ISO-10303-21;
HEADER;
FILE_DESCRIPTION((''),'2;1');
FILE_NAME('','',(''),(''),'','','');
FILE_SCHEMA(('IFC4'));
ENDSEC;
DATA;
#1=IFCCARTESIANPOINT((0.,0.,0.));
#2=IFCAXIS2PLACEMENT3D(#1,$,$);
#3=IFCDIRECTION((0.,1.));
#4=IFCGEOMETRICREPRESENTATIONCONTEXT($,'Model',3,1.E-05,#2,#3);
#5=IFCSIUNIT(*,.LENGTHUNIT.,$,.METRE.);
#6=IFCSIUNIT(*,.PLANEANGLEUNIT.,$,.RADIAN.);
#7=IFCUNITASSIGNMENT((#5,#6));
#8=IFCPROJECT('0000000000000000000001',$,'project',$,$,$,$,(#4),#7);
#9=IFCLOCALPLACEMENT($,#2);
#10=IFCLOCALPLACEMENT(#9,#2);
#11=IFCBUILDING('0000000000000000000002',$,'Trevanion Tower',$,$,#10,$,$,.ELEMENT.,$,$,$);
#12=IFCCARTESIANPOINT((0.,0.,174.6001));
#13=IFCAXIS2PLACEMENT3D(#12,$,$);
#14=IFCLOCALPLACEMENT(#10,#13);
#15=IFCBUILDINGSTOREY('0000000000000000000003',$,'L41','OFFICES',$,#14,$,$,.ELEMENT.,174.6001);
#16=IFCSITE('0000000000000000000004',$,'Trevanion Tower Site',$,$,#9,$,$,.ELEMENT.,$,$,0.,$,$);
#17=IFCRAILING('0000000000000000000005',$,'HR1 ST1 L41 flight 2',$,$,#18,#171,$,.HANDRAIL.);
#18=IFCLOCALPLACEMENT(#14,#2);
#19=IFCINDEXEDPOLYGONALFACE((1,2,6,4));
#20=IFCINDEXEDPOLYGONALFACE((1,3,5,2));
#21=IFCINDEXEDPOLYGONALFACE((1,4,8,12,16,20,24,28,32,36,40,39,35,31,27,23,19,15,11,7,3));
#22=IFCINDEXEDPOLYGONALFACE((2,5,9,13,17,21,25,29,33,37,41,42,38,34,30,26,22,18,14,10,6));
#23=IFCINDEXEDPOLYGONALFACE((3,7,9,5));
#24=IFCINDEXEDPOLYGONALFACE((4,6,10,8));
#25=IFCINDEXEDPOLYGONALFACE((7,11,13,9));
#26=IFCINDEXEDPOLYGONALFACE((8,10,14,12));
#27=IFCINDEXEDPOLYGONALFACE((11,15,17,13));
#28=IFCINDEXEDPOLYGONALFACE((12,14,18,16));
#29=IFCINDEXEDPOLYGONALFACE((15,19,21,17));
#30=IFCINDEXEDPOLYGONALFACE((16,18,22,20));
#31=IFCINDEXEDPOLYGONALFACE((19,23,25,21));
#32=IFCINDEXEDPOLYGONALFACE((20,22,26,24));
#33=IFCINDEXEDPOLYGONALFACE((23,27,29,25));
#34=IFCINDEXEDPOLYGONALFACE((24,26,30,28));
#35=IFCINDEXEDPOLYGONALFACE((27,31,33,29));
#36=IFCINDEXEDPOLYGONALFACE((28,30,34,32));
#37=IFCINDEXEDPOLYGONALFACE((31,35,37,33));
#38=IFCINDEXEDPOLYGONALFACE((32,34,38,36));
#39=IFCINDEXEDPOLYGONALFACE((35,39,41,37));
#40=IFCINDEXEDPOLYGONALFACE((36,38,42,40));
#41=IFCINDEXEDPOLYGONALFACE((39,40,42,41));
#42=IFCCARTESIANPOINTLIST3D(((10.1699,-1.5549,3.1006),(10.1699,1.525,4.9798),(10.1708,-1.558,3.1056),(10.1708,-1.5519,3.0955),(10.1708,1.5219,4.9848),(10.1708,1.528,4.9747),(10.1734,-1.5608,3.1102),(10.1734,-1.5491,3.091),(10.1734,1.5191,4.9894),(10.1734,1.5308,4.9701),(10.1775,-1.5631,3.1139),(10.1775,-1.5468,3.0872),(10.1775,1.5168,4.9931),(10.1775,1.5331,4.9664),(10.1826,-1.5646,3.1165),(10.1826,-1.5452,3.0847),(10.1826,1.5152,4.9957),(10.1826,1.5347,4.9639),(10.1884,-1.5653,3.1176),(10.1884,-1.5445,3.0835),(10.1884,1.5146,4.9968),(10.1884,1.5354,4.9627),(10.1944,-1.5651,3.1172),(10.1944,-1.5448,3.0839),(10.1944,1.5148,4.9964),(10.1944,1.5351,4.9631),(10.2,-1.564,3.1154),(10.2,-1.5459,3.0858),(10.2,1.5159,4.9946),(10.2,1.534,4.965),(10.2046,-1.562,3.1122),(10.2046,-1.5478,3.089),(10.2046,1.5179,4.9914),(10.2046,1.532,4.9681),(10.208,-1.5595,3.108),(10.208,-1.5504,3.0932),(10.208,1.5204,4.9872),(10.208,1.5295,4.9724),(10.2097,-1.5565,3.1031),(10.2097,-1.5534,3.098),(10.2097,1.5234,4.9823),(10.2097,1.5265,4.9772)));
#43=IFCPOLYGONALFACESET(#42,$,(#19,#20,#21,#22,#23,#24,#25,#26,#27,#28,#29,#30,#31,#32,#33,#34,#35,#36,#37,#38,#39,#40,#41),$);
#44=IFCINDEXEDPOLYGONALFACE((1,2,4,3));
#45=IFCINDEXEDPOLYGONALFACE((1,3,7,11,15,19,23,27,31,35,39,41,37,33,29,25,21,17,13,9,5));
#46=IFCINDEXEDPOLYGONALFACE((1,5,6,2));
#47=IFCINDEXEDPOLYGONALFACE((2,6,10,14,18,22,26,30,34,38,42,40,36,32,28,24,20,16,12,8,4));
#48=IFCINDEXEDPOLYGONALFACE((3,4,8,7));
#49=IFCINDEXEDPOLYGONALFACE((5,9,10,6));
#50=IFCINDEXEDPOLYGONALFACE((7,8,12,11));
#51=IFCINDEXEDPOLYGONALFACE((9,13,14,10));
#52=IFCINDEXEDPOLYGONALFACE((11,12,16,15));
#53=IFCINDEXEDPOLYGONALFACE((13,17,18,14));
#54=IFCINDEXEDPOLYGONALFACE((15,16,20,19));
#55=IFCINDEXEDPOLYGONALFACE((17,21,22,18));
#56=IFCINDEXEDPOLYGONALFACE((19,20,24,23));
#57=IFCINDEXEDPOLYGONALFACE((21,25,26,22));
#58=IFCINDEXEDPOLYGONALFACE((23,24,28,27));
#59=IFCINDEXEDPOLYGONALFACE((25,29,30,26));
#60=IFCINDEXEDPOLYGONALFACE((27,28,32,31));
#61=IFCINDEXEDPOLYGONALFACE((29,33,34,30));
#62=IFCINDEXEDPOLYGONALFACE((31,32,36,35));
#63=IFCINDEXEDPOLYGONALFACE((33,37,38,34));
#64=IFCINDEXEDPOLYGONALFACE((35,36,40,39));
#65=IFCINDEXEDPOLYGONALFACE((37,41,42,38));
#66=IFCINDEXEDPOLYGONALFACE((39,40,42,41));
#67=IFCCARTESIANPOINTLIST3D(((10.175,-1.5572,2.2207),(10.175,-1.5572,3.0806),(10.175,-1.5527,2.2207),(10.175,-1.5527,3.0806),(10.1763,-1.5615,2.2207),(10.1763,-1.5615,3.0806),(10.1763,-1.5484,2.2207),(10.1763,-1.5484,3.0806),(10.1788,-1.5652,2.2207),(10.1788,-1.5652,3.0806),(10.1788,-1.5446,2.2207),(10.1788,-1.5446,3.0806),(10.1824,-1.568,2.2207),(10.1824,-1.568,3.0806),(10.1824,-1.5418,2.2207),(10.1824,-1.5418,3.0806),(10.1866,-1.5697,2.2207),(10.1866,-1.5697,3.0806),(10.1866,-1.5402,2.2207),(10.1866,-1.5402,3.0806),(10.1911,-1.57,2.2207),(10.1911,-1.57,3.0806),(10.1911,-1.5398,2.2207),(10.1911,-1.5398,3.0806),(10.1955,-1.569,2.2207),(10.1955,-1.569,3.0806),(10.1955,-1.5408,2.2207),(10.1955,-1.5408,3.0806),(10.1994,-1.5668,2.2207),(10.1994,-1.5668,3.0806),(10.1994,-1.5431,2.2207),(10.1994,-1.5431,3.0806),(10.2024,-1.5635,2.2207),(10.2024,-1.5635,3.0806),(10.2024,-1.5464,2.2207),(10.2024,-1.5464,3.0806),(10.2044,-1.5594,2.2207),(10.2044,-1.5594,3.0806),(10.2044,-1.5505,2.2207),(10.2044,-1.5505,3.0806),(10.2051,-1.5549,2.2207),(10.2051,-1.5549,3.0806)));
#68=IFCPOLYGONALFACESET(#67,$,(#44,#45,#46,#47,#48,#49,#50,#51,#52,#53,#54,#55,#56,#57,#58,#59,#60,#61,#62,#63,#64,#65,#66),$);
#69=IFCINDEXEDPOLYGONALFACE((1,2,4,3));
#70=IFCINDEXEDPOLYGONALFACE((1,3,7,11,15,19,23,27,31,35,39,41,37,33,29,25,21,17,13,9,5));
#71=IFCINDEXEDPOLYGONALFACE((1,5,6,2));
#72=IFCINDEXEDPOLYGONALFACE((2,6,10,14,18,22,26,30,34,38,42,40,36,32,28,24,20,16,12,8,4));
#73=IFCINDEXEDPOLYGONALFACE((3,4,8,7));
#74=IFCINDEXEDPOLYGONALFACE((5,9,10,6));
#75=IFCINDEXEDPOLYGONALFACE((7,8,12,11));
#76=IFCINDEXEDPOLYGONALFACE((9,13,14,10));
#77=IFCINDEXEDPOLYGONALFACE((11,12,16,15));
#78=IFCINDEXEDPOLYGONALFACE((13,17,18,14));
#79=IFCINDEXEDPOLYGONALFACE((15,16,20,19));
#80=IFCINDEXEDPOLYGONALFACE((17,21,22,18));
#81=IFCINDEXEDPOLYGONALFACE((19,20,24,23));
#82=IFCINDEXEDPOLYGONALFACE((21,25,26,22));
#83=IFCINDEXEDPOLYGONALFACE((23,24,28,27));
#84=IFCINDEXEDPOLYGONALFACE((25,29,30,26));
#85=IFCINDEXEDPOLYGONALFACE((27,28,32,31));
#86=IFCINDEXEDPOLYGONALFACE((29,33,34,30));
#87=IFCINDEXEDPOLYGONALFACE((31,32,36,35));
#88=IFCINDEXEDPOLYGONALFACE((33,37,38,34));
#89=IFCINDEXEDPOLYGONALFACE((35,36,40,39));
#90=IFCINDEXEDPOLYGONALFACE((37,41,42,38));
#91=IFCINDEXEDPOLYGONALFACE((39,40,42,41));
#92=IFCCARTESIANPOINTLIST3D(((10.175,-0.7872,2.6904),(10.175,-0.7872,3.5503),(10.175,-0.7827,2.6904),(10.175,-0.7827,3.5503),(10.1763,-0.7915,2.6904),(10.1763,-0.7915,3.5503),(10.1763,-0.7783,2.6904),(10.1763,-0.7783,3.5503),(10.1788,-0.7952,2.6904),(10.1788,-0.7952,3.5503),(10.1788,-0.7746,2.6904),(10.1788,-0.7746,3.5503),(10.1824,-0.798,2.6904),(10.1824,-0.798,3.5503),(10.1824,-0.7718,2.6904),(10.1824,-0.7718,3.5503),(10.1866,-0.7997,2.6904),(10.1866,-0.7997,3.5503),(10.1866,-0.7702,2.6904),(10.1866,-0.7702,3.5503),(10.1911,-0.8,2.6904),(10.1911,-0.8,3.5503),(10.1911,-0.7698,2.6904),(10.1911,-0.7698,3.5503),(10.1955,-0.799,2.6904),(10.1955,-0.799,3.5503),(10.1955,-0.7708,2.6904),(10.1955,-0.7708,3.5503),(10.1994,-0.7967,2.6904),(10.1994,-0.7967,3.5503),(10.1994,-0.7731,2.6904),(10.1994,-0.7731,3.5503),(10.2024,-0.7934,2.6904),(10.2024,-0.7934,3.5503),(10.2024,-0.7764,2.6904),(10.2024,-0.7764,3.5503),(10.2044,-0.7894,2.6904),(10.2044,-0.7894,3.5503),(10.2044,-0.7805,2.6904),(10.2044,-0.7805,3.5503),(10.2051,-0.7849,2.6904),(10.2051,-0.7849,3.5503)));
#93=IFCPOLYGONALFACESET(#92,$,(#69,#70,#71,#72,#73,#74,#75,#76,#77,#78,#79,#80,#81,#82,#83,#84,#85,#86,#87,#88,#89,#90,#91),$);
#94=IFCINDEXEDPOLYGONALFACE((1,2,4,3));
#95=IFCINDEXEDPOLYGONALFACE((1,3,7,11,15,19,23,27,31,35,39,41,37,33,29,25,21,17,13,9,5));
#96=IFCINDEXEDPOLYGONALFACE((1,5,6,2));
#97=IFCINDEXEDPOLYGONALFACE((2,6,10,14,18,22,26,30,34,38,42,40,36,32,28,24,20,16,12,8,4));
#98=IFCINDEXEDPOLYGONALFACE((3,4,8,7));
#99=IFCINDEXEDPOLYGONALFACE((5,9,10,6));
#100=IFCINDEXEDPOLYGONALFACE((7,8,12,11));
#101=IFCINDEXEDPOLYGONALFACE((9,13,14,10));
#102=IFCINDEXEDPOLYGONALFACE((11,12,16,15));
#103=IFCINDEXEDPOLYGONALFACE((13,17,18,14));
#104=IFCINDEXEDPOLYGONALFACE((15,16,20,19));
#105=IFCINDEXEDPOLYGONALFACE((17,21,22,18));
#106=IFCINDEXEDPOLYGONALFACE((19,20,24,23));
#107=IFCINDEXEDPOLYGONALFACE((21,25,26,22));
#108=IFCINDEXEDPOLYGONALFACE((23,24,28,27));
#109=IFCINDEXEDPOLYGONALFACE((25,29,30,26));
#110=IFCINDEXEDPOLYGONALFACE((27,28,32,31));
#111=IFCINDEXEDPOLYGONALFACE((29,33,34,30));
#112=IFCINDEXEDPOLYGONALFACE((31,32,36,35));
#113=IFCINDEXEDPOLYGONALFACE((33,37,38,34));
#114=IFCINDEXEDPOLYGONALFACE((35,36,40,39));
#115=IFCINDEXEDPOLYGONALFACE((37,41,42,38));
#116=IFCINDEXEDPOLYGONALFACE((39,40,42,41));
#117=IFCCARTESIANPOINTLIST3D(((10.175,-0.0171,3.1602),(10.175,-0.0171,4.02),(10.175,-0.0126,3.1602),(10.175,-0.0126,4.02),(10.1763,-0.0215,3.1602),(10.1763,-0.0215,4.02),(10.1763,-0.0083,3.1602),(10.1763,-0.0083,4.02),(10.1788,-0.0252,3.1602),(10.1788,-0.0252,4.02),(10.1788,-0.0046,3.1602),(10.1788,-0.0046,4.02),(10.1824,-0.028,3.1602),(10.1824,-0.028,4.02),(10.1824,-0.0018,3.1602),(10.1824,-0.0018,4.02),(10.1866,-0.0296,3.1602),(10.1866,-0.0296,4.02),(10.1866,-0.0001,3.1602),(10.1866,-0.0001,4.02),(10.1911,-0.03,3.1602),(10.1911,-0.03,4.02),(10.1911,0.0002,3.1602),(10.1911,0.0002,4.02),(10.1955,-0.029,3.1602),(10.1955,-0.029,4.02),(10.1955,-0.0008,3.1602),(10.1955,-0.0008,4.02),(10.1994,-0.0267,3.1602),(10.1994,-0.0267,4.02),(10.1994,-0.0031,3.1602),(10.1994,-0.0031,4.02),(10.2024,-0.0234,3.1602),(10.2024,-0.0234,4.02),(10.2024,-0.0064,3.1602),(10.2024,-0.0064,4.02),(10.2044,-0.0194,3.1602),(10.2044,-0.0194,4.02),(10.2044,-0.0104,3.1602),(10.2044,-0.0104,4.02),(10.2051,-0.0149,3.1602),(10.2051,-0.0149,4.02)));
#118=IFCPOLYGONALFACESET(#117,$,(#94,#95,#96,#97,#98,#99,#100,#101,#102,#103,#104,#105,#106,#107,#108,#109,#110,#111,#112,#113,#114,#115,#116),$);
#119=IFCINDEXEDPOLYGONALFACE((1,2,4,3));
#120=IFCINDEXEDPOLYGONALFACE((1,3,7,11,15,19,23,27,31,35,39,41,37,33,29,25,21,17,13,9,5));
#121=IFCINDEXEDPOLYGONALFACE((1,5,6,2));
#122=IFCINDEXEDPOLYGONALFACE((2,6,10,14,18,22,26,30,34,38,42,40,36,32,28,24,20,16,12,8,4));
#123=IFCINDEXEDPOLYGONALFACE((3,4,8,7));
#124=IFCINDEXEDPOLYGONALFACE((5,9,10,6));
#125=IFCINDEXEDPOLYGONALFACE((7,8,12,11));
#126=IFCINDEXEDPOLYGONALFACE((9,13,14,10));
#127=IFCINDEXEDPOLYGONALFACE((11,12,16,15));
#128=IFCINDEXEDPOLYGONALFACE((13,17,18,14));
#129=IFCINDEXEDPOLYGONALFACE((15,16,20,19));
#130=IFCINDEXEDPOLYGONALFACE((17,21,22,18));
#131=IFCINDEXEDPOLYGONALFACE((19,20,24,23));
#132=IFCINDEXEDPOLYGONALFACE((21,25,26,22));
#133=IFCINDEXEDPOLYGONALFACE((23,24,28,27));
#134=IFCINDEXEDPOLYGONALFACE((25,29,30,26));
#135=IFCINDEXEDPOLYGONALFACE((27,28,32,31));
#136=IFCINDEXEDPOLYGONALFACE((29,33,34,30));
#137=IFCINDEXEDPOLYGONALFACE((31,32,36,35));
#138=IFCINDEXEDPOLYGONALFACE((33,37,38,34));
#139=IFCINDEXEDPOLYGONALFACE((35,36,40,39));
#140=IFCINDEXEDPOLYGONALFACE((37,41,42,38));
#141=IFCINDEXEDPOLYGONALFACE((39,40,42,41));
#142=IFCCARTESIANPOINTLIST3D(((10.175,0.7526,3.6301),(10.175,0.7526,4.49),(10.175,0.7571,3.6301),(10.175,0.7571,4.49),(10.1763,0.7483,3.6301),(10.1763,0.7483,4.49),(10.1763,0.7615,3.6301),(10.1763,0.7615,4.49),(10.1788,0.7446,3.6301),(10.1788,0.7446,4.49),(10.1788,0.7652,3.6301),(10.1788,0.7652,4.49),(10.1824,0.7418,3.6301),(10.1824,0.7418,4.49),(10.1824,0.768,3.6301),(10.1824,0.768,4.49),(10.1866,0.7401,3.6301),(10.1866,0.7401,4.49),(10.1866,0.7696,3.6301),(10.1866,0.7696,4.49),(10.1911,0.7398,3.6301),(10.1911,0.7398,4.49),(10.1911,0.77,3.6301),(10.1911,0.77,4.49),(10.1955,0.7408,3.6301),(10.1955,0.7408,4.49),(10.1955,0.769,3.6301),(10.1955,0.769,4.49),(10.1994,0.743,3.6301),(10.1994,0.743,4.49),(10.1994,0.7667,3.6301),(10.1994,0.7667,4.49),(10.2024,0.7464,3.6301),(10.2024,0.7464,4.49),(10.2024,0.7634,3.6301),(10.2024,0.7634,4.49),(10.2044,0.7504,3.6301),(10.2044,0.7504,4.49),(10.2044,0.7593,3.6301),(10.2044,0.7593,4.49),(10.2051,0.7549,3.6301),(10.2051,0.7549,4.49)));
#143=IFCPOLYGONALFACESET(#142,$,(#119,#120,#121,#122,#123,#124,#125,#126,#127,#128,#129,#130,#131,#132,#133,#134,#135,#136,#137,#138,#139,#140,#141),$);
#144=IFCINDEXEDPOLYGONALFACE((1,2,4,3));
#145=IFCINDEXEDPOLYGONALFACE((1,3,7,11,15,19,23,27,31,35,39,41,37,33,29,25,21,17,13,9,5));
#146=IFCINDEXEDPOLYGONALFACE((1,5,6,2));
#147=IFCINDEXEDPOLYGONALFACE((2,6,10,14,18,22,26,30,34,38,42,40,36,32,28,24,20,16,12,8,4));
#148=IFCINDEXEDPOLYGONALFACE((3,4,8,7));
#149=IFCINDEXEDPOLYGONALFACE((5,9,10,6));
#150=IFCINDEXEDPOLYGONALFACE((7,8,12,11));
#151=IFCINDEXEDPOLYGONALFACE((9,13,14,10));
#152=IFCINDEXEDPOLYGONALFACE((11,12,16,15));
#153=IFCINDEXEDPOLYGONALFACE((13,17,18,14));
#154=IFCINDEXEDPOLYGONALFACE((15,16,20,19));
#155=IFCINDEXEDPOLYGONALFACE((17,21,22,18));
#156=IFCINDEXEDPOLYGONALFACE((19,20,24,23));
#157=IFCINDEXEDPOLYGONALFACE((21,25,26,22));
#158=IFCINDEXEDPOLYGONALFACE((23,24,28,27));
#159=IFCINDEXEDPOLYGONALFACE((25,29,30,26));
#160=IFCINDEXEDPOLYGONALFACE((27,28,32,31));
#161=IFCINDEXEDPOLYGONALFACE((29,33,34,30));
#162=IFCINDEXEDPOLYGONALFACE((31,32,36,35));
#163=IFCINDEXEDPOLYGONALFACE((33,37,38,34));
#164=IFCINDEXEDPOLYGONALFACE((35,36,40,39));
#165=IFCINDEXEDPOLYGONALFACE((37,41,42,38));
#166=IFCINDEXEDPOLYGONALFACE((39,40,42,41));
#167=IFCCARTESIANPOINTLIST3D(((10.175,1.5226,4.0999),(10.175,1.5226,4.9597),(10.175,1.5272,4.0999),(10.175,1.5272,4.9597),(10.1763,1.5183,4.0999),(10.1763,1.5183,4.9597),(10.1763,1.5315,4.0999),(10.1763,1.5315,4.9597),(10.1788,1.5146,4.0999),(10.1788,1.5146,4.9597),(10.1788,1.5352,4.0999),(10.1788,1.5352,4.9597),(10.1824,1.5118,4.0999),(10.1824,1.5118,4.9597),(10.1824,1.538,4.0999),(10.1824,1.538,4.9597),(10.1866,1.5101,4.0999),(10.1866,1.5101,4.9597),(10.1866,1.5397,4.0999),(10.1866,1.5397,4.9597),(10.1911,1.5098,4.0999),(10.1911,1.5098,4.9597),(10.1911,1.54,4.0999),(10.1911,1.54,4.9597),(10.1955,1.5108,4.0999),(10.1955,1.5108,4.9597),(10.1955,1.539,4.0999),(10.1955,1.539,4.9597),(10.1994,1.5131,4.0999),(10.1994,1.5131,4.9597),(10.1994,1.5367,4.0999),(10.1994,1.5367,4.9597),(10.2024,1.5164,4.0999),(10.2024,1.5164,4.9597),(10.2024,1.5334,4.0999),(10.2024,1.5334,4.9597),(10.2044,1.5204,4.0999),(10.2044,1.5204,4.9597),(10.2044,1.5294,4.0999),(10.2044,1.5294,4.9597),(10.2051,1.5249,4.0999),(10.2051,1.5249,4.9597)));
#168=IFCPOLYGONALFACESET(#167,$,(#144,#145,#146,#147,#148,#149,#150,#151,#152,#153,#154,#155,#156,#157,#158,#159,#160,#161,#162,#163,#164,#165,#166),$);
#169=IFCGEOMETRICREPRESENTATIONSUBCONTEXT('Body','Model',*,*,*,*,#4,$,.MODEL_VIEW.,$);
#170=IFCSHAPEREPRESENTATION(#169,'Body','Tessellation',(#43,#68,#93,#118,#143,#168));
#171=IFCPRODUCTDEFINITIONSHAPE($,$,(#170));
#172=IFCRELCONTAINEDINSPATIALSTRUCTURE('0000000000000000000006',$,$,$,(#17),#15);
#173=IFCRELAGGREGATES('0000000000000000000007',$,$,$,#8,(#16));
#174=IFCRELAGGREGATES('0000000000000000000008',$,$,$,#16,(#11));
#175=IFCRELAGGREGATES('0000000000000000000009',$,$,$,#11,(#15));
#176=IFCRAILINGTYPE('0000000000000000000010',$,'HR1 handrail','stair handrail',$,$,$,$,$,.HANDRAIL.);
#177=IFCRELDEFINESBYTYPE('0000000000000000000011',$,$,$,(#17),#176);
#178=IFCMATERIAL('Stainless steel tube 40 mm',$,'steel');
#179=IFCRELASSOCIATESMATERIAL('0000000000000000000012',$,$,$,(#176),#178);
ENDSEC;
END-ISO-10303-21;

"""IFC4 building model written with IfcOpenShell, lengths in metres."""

from ifc_helpers import new_model, si_unit, direction, frame, origin, origin_2d, place, context, subcontext, project, spatial, circle, extrude, material, type_object, element, save


model = new_model("IFC4")

# Units and contexts
model_context = context("Model", 3, precision=1e-05, world=origin(), true_north=direction((0.0, 1.0)))
body_context = subcontext(model_context, "Body", "Model", "MODEL_VIEW")
ifc_project = project(units=[si_unit("LENGTHUNIT", "METRE"), si_unit("PLANEANGLEUNIT", "RADIAN")], contexts=[model_context])

# Site, building, storey
site_placement = place(None, origin())
site = spatial("IfcSite", under=ifc_project, at=site_placement, Name="Trevanion Tower Site", CompositionType="ELEMENT", RefElevation=0.0)
building_placement = place(site_placement, origin())
building = spatial("IfcBuilding", under=site, at=building_placement, Name="Trevanion Tower", CompositionType="ELEMENT")
storey_placement = place(building_placement, frame((0.0, 0.0, 174.6001)))
storey = spatial("IfcBuildingStorey", under=building, at=storey_placement, Name="L41", Description="OFFICES", CompositionType="ELEMENT", Elevation=174.6001)

# Railing
ifc_material_1 = material(Name="Stainless steel tube 40 mm", Category="steel")
railing_type = type_object("IfcRailingType", Name="HR1 handrail", Description="stair handrail", PredefinedType="HANDRAIL", material=ifc_material_1)
for number, where, name in (
    (1, (10.1899, -1.5549, 2.2207), "HR1 ST1 L41 flight 2"),
):
    element("IfcRailing", number, at=place(storey_placement, frame(where)), inside=storey, type_object=railing_type, Name=name, PredefinedType="HANDRAIL", context=body_context, shape_type="SweptSolid", body=[
        extrude(circle(Radius=0.02, at=origin_2d()), frame((0.0, 0.0, 0.8799), z_axis=(0.0, 0.853648, 0.52085), x_axis=(-1.0, 0.0, 0.0)), (0.0, 0.0, 1.0), 3.6079),
        extrude(circle(Radius=0.0151, at=origin_2d()), origin(), (0.0, 0.0, 1.0), 0.8599),
        extrude(circle(Radius=0.0151, at=origin_2d()), frame((0.0, 0.77, 0.4697)), (0.0, 0.0, 1.0), 0.8599),
        extrude(circle(Radius=0.0151, at=origin_2d()), frame((0.0, 1.54, 0.9395)), (0.0, 0.0, 1.0), 0.8599),
        extrude(circle(Radius=0.0151, at=origin_2d()), frame((0.0, 2.3098, 1.4094)), (0.0, 0.0, 1.0), 0.8599),
        extrude(circle(Radius=0.0151, at=origin_2d()), frame((0.0, 3.0798, 1.8792)), (0.0, 0.0, 1.0), 0.8599),
    ])

save(model, "model.ifc")
